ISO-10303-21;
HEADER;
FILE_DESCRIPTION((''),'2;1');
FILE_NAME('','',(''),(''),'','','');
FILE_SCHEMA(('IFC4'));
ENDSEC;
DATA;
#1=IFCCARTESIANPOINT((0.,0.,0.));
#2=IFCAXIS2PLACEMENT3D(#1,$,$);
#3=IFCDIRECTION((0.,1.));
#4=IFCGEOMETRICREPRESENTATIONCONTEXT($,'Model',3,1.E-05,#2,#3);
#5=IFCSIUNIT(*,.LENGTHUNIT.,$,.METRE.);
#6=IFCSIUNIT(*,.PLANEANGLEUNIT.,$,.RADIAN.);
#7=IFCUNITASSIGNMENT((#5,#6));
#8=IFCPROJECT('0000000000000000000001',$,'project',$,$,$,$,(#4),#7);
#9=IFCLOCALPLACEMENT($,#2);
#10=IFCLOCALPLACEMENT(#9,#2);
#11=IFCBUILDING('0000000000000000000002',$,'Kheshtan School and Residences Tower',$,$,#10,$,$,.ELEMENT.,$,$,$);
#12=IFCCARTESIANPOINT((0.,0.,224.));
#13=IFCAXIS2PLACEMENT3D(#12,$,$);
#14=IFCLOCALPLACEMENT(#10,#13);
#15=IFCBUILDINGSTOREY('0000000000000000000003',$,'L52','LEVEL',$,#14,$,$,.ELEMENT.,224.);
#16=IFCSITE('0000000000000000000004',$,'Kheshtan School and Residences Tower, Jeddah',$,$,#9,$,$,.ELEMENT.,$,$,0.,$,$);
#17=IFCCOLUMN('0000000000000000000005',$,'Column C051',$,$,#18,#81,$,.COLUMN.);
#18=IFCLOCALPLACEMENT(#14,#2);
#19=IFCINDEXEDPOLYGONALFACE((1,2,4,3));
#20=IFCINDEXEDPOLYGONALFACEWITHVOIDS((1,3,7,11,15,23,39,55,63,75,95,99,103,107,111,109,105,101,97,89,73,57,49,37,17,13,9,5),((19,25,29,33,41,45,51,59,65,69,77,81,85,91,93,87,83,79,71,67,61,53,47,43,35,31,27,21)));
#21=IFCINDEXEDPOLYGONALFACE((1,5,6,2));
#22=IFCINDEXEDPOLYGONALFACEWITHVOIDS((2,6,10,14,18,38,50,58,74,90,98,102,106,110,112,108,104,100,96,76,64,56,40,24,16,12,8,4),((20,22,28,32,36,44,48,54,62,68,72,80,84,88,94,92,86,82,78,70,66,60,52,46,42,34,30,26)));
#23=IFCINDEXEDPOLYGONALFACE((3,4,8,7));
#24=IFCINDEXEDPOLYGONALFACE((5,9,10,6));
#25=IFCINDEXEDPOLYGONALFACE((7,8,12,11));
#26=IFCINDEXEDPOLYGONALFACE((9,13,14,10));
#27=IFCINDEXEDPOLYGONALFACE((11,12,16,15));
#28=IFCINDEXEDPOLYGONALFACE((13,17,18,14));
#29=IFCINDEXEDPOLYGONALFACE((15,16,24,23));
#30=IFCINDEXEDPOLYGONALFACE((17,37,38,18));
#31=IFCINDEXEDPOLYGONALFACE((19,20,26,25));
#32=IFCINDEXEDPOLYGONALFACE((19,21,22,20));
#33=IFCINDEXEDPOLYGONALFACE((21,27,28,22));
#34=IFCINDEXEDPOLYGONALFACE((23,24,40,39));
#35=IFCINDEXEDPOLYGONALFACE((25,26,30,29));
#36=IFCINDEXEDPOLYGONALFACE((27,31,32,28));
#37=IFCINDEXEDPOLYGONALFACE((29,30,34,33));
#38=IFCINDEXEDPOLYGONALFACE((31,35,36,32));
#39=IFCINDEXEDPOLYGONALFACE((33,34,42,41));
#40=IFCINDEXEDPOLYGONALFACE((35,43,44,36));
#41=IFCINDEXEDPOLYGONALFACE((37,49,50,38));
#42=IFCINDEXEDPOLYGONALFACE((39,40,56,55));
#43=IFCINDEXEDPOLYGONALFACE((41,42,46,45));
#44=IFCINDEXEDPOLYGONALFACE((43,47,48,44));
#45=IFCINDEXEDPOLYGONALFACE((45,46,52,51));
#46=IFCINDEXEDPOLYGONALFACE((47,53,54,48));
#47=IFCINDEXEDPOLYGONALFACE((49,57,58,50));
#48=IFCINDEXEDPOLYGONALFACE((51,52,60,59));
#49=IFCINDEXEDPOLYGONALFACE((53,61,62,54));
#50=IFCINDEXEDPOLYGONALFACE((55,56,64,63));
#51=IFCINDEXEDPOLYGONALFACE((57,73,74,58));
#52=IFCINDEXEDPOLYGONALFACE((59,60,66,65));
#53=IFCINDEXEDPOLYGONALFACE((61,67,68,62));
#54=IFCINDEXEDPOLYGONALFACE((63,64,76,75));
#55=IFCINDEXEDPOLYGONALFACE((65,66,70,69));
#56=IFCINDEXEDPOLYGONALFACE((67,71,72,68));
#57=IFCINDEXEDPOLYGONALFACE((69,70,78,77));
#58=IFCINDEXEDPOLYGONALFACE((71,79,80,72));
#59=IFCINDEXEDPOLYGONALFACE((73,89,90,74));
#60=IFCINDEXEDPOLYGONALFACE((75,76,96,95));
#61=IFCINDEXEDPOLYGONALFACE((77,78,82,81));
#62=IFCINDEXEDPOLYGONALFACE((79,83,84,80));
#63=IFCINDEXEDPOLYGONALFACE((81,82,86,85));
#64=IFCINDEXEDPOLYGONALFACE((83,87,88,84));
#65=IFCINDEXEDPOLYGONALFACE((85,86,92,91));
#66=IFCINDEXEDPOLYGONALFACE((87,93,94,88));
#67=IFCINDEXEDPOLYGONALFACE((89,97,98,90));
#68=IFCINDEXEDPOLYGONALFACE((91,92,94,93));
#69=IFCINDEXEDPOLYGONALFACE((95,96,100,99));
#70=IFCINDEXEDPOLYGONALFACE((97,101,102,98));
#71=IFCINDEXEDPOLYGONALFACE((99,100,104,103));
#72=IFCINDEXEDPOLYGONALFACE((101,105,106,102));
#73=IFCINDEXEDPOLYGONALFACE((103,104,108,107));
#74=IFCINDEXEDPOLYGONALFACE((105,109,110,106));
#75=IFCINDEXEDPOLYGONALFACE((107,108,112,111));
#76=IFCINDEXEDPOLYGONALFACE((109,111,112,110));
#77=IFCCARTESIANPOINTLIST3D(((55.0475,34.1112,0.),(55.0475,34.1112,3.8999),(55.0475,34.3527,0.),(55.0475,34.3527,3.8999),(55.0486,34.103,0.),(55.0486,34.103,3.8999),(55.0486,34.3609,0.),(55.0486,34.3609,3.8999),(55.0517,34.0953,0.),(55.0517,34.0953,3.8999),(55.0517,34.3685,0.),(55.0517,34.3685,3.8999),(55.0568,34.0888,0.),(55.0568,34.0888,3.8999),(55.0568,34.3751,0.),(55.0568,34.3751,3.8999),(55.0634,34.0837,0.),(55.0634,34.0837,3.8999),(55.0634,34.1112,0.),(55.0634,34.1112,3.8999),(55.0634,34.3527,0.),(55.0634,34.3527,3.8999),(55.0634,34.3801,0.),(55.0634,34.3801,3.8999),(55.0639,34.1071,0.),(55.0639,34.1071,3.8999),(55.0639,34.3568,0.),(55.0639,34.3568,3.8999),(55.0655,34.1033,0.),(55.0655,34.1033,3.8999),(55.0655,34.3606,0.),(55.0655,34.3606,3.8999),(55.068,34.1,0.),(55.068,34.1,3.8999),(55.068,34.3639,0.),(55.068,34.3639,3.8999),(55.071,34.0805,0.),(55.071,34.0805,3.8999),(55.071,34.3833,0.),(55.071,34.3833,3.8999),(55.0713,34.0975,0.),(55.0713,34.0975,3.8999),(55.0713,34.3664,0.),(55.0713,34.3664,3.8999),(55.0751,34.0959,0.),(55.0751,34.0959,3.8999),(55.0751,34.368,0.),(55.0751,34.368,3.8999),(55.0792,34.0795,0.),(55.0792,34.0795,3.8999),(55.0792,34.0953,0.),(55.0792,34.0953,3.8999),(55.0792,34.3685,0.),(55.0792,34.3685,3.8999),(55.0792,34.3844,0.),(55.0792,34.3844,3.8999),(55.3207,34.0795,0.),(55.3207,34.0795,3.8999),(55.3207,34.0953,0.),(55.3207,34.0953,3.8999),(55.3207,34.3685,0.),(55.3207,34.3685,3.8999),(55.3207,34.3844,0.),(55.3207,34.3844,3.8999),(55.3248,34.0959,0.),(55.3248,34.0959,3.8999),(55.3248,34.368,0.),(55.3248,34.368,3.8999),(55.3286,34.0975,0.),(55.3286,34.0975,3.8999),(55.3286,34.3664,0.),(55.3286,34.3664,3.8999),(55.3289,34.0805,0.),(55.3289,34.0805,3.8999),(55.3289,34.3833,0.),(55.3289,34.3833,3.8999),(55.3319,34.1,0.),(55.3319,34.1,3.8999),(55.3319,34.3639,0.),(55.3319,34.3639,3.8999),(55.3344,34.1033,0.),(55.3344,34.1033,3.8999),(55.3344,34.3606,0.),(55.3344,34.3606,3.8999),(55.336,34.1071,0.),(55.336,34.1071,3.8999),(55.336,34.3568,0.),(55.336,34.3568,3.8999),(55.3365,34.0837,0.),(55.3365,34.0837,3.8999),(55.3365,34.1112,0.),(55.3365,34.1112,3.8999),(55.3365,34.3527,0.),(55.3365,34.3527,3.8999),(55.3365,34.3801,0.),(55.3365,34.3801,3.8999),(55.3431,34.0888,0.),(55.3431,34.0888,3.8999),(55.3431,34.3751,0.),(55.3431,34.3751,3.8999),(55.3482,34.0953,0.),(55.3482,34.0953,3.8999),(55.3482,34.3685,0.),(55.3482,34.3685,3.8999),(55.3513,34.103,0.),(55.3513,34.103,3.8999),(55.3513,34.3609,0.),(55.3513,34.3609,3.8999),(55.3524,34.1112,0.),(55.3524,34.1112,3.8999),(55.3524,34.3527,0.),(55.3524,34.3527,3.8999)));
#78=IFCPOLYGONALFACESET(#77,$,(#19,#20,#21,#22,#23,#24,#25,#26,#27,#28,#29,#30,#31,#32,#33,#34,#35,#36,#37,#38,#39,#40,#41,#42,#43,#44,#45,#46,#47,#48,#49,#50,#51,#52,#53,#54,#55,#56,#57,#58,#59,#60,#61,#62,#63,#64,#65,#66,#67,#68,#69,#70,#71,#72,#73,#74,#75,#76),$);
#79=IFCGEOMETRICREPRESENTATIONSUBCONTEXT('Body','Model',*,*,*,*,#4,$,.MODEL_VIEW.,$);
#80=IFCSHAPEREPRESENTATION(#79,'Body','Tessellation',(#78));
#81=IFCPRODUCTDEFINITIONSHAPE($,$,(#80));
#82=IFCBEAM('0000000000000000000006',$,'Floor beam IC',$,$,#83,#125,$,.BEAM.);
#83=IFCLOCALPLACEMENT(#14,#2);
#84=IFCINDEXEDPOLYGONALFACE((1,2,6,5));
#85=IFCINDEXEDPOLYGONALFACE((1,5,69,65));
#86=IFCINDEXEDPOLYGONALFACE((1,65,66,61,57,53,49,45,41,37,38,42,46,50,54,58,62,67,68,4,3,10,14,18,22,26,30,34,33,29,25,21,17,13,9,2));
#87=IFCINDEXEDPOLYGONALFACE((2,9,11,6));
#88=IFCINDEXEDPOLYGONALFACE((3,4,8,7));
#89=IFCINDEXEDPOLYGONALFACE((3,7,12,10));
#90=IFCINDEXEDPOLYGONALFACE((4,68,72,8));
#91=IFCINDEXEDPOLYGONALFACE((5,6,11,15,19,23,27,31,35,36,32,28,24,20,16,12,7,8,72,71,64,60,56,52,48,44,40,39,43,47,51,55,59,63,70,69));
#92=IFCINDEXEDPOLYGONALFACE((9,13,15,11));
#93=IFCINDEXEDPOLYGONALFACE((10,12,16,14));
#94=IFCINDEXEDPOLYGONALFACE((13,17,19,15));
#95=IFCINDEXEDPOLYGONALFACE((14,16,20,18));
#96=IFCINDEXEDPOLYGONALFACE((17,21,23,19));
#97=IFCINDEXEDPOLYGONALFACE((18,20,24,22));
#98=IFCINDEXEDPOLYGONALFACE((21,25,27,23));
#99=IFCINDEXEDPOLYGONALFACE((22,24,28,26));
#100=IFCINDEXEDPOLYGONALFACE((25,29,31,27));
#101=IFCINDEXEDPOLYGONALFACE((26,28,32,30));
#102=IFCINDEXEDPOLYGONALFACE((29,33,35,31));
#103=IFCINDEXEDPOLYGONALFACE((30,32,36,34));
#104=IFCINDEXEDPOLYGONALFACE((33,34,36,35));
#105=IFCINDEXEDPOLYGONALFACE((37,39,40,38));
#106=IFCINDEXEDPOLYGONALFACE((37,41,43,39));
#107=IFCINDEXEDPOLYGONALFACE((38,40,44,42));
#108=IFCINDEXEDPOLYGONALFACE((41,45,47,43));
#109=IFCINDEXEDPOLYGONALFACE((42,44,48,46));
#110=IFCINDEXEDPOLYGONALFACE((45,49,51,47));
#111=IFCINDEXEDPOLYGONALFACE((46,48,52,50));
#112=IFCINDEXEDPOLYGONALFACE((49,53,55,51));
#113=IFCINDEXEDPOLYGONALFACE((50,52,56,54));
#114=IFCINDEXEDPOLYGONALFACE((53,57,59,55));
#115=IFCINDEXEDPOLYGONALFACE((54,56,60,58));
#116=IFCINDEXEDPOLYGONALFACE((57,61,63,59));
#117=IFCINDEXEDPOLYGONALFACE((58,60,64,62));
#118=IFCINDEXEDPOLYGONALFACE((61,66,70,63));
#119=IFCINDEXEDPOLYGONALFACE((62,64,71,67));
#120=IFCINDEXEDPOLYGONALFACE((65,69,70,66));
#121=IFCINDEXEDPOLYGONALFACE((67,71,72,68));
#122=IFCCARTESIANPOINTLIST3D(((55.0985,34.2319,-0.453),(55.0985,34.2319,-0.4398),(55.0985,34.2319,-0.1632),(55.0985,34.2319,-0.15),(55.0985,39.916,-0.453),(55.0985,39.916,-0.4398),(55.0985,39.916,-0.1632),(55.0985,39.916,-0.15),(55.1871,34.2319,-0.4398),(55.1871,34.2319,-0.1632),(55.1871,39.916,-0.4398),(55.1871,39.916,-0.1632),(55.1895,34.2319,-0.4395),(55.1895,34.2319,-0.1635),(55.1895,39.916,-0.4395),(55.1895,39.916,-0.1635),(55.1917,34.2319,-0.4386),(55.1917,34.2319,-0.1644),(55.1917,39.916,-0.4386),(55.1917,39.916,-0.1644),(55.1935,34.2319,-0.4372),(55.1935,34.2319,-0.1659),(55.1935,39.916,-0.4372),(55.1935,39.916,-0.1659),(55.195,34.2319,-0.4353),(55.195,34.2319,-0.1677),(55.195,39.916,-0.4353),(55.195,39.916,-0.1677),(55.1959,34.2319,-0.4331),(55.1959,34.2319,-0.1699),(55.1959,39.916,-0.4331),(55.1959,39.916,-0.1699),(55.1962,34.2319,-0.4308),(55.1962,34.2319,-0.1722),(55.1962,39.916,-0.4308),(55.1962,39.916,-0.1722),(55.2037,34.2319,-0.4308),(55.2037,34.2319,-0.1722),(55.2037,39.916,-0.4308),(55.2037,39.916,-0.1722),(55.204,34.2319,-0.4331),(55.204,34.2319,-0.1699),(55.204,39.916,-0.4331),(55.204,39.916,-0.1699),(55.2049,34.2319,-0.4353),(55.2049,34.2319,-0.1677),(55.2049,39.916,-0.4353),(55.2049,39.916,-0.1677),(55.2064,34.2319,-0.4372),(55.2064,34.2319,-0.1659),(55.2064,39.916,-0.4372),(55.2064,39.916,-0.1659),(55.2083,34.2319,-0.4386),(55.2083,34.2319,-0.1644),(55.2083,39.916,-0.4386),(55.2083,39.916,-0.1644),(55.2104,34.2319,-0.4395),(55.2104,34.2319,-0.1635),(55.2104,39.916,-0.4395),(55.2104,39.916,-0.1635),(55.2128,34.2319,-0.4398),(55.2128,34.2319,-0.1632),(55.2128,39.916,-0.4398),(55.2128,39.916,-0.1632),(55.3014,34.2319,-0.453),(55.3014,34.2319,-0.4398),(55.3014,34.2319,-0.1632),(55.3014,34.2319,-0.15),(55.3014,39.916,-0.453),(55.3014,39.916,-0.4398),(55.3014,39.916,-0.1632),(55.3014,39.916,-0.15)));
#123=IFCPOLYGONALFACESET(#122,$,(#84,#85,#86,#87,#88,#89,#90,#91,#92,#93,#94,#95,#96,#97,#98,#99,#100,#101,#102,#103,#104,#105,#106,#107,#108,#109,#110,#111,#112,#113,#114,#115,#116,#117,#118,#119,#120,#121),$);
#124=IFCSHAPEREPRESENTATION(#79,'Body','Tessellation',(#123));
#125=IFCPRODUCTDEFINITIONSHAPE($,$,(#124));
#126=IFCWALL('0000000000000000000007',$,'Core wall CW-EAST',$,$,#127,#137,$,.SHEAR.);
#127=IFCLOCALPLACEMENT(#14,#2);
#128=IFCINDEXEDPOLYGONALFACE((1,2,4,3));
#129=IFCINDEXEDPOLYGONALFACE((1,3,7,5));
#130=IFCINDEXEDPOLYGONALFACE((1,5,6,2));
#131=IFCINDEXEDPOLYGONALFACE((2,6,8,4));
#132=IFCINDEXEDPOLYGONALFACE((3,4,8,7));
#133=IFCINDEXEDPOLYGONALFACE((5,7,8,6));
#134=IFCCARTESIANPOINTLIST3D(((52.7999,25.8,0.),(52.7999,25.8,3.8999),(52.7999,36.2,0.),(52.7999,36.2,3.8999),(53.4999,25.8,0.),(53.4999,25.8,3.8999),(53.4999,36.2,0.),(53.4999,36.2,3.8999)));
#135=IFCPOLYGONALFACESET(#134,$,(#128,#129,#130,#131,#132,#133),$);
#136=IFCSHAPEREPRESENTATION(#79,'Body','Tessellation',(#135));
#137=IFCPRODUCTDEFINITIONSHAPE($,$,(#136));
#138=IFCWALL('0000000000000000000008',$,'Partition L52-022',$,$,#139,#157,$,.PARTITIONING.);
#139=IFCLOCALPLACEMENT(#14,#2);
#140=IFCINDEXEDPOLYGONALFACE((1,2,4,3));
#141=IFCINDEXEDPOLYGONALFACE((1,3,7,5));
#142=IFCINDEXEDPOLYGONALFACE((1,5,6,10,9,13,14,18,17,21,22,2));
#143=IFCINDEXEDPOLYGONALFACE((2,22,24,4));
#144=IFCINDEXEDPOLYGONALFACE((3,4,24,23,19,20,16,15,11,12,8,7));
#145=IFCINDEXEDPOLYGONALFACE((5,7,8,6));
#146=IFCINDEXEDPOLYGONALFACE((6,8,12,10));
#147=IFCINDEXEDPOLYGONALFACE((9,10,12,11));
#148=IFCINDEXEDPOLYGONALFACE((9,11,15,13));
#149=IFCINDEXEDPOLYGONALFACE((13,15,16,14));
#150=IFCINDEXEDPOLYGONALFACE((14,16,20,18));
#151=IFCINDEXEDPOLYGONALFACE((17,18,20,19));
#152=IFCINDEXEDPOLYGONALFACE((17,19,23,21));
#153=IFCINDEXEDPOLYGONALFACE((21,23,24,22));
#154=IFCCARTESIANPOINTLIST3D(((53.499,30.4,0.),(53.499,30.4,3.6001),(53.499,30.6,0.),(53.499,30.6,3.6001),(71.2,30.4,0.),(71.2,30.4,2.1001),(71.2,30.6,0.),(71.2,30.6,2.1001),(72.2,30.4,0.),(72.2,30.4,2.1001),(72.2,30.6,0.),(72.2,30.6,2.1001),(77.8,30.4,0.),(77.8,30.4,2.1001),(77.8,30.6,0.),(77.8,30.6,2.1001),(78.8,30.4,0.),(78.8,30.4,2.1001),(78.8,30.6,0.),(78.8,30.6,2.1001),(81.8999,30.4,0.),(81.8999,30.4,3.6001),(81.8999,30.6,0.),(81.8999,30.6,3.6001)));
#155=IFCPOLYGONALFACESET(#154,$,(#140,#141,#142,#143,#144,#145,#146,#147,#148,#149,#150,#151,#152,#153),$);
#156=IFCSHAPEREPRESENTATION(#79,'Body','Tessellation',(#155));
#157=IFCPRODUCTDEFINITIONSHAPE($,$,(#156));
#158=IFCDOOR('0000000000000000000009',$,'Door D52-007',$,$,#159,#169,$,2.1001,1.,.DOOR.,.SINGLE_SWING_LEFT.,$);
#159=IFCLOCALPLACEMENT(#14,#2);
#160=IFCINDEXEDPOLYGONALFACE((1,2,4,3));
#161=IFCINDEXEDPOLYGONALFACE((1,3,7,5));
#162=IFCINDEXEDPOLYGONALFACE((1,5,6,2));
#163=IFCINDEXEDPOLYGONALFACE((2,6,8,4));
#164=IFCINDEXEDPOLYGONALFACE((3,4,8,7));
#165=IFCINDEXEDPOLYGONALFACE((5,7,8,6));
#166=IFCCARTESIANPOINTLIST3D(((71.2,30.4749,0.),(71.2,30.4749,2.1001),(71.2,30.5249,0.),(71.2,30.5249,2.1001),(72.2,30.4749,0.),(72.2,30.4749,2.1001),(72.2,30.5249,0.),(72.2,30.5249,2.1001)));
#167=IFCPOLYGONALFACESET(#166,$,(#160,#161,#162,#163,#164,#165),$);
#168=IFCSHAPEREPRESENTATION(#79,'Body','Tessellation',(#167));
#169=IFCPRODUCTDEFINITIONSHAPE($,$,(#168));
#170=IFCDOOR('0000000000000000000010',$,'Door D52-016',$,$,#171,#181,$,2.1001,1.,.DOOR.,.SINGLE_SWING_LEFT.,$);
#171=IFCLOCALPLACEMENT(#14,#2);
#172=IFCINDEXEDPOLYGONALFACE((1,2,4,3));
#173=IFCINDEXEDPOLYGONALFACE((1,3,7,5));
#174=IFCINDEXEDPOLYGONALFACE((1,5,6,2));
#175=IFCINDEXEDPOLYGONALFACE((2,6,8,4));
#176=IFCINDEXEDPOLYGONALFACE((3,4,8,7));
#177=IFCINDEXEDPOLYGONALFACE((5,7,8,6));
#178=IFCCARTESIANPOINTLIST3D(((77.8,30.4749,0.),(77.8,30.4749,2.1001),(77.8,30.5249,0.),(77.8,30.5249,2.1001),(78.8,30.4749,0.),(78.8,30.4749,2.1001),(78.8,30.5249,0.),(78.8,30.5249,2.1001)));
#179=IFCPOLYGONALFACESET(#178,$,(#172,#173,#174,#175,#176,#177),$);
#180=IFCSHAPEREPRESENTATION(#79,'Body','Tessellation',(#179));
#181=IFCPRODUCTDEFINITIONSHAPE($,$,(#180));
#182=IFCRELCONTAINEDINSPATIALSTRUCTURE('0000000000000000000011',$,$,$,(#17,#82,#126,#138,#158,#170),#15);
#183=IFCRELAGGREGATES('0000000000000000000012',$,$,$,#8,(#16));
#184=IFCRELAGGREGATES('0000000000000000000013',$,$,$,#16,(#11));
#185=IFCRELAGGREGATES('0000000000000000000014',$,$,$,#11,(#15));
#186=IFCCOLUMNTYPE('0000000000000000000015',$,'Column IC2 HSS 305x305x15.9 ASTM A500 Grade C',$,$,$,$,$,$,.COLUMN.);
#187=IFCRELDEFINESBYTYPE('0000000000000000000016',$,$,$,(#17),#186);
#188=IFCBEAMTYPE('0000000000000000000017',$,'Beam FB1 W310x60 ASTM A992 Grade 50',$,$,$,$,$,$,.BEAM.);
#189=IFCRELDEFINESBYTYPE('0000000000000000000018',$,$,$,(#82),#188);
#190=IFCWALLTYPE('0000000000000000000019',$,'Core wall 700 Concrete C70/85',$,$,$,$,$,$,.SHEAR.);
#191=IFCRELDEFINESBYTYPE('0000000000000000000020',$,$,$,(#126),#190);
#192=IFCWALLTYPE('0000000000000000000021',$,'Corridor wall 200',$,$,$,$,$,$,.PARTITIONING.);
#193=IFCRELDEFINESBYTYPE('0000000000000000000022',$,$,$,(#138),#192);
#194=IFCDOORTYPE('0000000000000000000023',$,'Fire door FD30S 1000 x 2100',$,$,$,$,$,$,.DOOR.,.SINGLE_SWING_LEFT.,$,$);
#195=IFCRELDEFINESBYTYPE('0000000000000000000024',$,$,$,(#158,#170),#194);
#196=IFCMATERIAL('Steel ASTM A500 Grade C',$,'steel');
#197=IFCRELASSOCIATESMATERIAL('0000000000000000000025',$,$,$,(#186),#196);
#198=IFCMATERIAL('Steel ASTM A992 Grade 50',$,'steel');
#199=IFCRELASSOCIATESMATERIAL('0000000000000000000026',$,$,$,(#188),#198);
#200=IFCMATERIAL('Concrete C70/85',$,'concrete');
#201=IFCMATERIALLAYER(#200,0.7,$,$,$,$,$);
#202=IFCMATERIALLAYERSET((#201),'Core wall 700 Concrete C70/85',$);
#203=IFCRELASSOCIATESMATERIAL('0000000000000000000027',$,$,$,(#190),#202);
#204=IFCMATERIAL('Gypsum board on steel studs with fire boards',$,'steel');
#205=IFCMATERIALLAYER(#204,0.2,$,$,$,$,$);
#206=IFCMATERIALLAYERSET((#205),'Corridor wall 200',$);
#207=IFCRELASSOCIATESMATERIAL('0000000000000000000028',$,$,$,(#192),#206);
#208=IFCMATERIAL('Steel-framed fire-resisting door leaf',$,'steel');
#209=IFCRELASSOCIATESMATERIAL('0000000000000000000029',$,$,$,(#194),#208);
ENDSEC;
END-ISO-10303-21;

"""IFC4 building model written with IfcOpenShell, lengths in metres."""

from ifc_helpers import new_model, si_unit, direction, frame, frame_2d, origin, origin_2d, place, context, subcontext, project, spatial, rectangle, hollow_rectangle, i_section, extrude, source, transform, mapped, material, layer, layer_set, material_profile, profile_set, type_object, element, fill, save


model = new_model("IFC4")

# Units and contexts
model_context = context("Model", 3, precision=1e-05, world=origin(), true_north=direction((0.0, 1.0)))
body_context = subcontext(model_context, "Body", "Model", "MODEL_VIEW")
ifc_project = project(units=[si_unit("LENGTHUNIT", "METRE"), si_unit("PLANEANGLEUNIT", "RADIAN")], contexts=[model_context])

# Site, building, storey
site_placement = place(None, origin())
site = spatial("IfcSite", under=ifc_project, at=site_placement, Name="Kheshtan School and Residences Tower, Jeddah", CompositionType="ELEMENT", RefElevation=0.0)
building_placement = place(site_placement, origin())
building = spatial("IfcBuilding", under=site, at=building_placement, Name="Kheshtan School and Residences Tower", CompositionType="ELEMENT")
storey_placement = place(building_placement, frame((0.0, 0.0, 224.0)))
storey = spatial("IfcBuildingStorey", under=building, at=storey_placement, Name="L52", Description="LEVEL", CompositionType="ELEMENT", Elevation=224.0)

# Column
ifc_material_1 = material(Name="Steel ASTM A500 Grade C", Category="steel")
ifc_material_profile_1 = material_profile(ifc_material_1, hollow_rectangle(XDim=0.3049, YDim=0.3049, WallThickness=0.0159, InnerFilletRadius=0.0159, OuterFilletRadius=0.0317, at=origin_2d()), Name="HSS 305x305x15.9")
ifc_profile_set_1 = profile_set([ifc_material_profile_1], Name="Steel ASTM A500 Grade C")
column_type = type_object("IfcColumnType", Name="Column IC2 HSS 305x305x15.9 ASTM A500 Grade C", PredefinedType="COLUMN", material=ifc_profile_set_1)
column_placement = place(storey_placement, frame((55.2, 34.2319, 0.0), z_axis=(0.0, 0.0, 1.0), x_axis=(1.0, 0.0, 0.0)))
element("IfcColumn", 1, at=column_placement, inside=storey, type_object=column_type, Name="Column C051", PredefinedType="COLUMN", context=body_context, shape_type="SweptSolid", body=[
    extrude(hollow_rectangle(XDim=0.3049, YDim=0.3049, WallThickness=0.0159, InnerFilletRadius=0.0159, OuterFilletRadius=0.0317, at=origin_2d()), origin(), (0.0, 0.0, 1.0), 3.8999),
])

# Beam
ifc_material_2 = material(Name="Steel ASTM A992 Grade 50", Category="steel")
ifc_material_profile_2 = material_profile(ifc_material_2, i_section(OverallWidth=0.2029, OverallDepth=0.303, WebThickness=0.0076, FlangeThickness=0.0132, FilletRadius=0.009, at=origin_2d()), Name="W310x60")
ifc_profile_set_2 = profile_set([ifc_material_profile_2], Name="Steel ASTM A992 Grade 50")
beam_type = type_object("IfcBeamType", Name="Beam FB1 W310x60 ASTM A992 Grade 50", PredefinedType="BEAM", material=ifc_profile_set_2)
beam_placement = place(storey_placement, frame((55.2, 34.2319, -0.3015), z_axis=(0.0, 1.0, 0.0), x_axis=(-1.0, 0.0, 0.0)))
element("IfcBeam", 2, at=beam_placement, inside=storey, type_object=beam_type, Name="Floor beam IC", PredefinedType="BEAM", context=body_context, shape_type="SweptSolid", body=[
    extrude(i_section(OverallWidth=0.2029, OverallDepth=0.303, WebThickness=0.0076, FlangeThickness=0.0132, FilletRadius=0.009, at=origin_2d()), origin(), (0.0, 0.0, 1.0), 5.6841),
])

# Wall
ifc_material_3 = material(Name="Concrete C70/85", Category="concrete")
ifc_layer_1 = layer(ifc_material_3, 0.7)
ifc_layer_set_1 = layer_set([ifc_layer_1], Name="Core wall 700 Concrete C70/85")
wall_type_1 = type_object("IfcWallType", Name="Core wall 700 Concrete C70/85", PredefinedType="SHEAR", material=ifc_layer_set_1)
wall_1_placement = place(storey_placement, frame((53.1499, 25.8, 0.0), z_axis=(0.0, 0.0, 1.0), x_axis=(0.0, 1.0, 0.0)))
element("IfcWall", 3, at=wall_1_placement, inside=storey, type_object=wall_type_1, Name="Core wall CW-EAST", PredefinedType="SHEAR", context=body_context, shape_type="SweptSolid", body=[
    extrude(rectangle(XDim=10.3999, YDim=0.7, at=frame_2d((5.2, 0.0))), origin(), (0.0, 0.0, 1.0), 3.8999),
])

# Wall, openings, doors
ifc_material_4 = material(Name="Gypsum board on steel studs with fire boards", Category="steel")
ifc_layer_2 = layer(ifc_material_4, 0.2)
ifc_layer_set_2 = layer_set([ifc_layer_2], Name="Corridor wall 200")
wall_type_2 = type_object("IfcWallType", Name="Corridor wall 200", PredefinedType="PARTITIONING", material=ifc_layer_set_2)
wall_2_placement = place(storey_placement, frame((53.499, 30.5, 0.0), z_axis=(0.0, 0.0, 1.0), x_axis=(1.0, 0.0, 0.0)))
wall_2 = element("IfcWall", 4, at=wall_2_placement, inside=storey, type_object=wall_type_2, Name="Partition L52-022", PredefinedType="PARTITIONING", context=body_context, shape_type="SweptSolid", body=[
    extrude(rectangle(XDim=28.4009, YDim=0.2, at=frame_2d((14.2004, 0.0))), origin(), (0.0, 0.0, 1.0), 3.6001),
])
opening_1_placement = place(wall_2_placement, frame((17.7009, 0.0, 0.0)))
opening_1 = element("IfcOpeningElement", 5, at=opening_1_placement, cuts=wall_2, PredefinedType="OPENING", context=body_context, shape_type="SweptSolid", body=[
    extrude(rectangle(XDim=1.0, YDim=2.1001, at=frame_2d((0.5, 1.05))), frame((0.0, 0.1099, 0.0), z_axis=(0.0, -1.0, 0.0), x_axis=(1.0, 0.0, 0.0)), (0.0, 0.0, 1.0), 0.22),
])
opening_2_placement = place(wall_2_placement, frame((24.301, 0.0, 0.0)))
opening_2 = element("IfcOpeningElement", 6, at=opening_2_placement, cuts=wall_2, PredefinedType="OPENING", context=body_context, shape_type="SweptSolid", body=[
    extrude(rectangle(XDim=1.0, YDim=2.1001, at=frame_2d((0.5, 1.05))), frame((0.0, 0.1099, 0.0), z_axis=(0.0, -1.0, 0.0), x_axis=(1.0, 0.0, 0.0)), (0.0, 0.0, 1.0), 0.22),
])
ifc_material_5 = material(Name="Steel-framed fire-resisting door leaf", Category="steel")
door_type_1 = type_object("IfcDoorType", Name="Fire door FD30S 1000 x 2100", OperationType="SINGLE_SWING_LEFT", PredefinedType="DOOR", material=ifc_material_5)
shared_shape_1 = source(origin(), body_context, "Body", "SweptSolid", [
    extrude(rectangle(XDim=1.0, YDim=2.1001, at=frame_2d((0.5, 1.05))), frame((0.0, 0.0249, 0.0), z_axis=(0.0, -1.0, 0.0), x_axis=(1.0, 0.0, 0.0)), (0.0, 0.0, 1.0), 0.05),
])
door_1_placement = place(opening_1_placement, origin())
door_1 = element("IfcDoor", 7, at=door_1_placement, inside=storey, type_object=door_type_1, Name="Door D52-007", OperationType="SINGLE_SWING_LEFT", OverallHeight=2.1001, OverallWidth=1.0, PredefinedType="DOOR", context=body_context, shape_type="MappedRepresentation", body=[
    mapped(shared_shape_1, transform((0.0, 0.0, 0.0), x_axis=(1.0, 0.0, 0.0), y_axis=(0.0, 1.0, 0.0), z_axis=(0.0, 0.0, 1.0), scale=1.0)),
])
fill(opening_1, door_1)
door_2_placement = place(opening_2_placement, origin())
door_2 = element("IfcDoor", 8, at=door_2_placement, inside=storey, type_object=door_type_1, Name="Door D52-016", OperationType="SINGLE_SWING_LEFT", OverallHeight=2.1001, OverallWidth=1.0, PredefinedType="DOOR", context=body_context, shape_type="MappedRepresentation", body=[
    mapped(shared_shape_1, transform((0.0, 0.0, 0.0), x_axis=(1.0, 0.0, 0.0), y_axis=(0.0, 1.0, 0.0), z_axis=(0.0, 0.0, 1.0), scale=1.0)),
])
fill(opening_2, door_2)

save(model, "model.ifc")
